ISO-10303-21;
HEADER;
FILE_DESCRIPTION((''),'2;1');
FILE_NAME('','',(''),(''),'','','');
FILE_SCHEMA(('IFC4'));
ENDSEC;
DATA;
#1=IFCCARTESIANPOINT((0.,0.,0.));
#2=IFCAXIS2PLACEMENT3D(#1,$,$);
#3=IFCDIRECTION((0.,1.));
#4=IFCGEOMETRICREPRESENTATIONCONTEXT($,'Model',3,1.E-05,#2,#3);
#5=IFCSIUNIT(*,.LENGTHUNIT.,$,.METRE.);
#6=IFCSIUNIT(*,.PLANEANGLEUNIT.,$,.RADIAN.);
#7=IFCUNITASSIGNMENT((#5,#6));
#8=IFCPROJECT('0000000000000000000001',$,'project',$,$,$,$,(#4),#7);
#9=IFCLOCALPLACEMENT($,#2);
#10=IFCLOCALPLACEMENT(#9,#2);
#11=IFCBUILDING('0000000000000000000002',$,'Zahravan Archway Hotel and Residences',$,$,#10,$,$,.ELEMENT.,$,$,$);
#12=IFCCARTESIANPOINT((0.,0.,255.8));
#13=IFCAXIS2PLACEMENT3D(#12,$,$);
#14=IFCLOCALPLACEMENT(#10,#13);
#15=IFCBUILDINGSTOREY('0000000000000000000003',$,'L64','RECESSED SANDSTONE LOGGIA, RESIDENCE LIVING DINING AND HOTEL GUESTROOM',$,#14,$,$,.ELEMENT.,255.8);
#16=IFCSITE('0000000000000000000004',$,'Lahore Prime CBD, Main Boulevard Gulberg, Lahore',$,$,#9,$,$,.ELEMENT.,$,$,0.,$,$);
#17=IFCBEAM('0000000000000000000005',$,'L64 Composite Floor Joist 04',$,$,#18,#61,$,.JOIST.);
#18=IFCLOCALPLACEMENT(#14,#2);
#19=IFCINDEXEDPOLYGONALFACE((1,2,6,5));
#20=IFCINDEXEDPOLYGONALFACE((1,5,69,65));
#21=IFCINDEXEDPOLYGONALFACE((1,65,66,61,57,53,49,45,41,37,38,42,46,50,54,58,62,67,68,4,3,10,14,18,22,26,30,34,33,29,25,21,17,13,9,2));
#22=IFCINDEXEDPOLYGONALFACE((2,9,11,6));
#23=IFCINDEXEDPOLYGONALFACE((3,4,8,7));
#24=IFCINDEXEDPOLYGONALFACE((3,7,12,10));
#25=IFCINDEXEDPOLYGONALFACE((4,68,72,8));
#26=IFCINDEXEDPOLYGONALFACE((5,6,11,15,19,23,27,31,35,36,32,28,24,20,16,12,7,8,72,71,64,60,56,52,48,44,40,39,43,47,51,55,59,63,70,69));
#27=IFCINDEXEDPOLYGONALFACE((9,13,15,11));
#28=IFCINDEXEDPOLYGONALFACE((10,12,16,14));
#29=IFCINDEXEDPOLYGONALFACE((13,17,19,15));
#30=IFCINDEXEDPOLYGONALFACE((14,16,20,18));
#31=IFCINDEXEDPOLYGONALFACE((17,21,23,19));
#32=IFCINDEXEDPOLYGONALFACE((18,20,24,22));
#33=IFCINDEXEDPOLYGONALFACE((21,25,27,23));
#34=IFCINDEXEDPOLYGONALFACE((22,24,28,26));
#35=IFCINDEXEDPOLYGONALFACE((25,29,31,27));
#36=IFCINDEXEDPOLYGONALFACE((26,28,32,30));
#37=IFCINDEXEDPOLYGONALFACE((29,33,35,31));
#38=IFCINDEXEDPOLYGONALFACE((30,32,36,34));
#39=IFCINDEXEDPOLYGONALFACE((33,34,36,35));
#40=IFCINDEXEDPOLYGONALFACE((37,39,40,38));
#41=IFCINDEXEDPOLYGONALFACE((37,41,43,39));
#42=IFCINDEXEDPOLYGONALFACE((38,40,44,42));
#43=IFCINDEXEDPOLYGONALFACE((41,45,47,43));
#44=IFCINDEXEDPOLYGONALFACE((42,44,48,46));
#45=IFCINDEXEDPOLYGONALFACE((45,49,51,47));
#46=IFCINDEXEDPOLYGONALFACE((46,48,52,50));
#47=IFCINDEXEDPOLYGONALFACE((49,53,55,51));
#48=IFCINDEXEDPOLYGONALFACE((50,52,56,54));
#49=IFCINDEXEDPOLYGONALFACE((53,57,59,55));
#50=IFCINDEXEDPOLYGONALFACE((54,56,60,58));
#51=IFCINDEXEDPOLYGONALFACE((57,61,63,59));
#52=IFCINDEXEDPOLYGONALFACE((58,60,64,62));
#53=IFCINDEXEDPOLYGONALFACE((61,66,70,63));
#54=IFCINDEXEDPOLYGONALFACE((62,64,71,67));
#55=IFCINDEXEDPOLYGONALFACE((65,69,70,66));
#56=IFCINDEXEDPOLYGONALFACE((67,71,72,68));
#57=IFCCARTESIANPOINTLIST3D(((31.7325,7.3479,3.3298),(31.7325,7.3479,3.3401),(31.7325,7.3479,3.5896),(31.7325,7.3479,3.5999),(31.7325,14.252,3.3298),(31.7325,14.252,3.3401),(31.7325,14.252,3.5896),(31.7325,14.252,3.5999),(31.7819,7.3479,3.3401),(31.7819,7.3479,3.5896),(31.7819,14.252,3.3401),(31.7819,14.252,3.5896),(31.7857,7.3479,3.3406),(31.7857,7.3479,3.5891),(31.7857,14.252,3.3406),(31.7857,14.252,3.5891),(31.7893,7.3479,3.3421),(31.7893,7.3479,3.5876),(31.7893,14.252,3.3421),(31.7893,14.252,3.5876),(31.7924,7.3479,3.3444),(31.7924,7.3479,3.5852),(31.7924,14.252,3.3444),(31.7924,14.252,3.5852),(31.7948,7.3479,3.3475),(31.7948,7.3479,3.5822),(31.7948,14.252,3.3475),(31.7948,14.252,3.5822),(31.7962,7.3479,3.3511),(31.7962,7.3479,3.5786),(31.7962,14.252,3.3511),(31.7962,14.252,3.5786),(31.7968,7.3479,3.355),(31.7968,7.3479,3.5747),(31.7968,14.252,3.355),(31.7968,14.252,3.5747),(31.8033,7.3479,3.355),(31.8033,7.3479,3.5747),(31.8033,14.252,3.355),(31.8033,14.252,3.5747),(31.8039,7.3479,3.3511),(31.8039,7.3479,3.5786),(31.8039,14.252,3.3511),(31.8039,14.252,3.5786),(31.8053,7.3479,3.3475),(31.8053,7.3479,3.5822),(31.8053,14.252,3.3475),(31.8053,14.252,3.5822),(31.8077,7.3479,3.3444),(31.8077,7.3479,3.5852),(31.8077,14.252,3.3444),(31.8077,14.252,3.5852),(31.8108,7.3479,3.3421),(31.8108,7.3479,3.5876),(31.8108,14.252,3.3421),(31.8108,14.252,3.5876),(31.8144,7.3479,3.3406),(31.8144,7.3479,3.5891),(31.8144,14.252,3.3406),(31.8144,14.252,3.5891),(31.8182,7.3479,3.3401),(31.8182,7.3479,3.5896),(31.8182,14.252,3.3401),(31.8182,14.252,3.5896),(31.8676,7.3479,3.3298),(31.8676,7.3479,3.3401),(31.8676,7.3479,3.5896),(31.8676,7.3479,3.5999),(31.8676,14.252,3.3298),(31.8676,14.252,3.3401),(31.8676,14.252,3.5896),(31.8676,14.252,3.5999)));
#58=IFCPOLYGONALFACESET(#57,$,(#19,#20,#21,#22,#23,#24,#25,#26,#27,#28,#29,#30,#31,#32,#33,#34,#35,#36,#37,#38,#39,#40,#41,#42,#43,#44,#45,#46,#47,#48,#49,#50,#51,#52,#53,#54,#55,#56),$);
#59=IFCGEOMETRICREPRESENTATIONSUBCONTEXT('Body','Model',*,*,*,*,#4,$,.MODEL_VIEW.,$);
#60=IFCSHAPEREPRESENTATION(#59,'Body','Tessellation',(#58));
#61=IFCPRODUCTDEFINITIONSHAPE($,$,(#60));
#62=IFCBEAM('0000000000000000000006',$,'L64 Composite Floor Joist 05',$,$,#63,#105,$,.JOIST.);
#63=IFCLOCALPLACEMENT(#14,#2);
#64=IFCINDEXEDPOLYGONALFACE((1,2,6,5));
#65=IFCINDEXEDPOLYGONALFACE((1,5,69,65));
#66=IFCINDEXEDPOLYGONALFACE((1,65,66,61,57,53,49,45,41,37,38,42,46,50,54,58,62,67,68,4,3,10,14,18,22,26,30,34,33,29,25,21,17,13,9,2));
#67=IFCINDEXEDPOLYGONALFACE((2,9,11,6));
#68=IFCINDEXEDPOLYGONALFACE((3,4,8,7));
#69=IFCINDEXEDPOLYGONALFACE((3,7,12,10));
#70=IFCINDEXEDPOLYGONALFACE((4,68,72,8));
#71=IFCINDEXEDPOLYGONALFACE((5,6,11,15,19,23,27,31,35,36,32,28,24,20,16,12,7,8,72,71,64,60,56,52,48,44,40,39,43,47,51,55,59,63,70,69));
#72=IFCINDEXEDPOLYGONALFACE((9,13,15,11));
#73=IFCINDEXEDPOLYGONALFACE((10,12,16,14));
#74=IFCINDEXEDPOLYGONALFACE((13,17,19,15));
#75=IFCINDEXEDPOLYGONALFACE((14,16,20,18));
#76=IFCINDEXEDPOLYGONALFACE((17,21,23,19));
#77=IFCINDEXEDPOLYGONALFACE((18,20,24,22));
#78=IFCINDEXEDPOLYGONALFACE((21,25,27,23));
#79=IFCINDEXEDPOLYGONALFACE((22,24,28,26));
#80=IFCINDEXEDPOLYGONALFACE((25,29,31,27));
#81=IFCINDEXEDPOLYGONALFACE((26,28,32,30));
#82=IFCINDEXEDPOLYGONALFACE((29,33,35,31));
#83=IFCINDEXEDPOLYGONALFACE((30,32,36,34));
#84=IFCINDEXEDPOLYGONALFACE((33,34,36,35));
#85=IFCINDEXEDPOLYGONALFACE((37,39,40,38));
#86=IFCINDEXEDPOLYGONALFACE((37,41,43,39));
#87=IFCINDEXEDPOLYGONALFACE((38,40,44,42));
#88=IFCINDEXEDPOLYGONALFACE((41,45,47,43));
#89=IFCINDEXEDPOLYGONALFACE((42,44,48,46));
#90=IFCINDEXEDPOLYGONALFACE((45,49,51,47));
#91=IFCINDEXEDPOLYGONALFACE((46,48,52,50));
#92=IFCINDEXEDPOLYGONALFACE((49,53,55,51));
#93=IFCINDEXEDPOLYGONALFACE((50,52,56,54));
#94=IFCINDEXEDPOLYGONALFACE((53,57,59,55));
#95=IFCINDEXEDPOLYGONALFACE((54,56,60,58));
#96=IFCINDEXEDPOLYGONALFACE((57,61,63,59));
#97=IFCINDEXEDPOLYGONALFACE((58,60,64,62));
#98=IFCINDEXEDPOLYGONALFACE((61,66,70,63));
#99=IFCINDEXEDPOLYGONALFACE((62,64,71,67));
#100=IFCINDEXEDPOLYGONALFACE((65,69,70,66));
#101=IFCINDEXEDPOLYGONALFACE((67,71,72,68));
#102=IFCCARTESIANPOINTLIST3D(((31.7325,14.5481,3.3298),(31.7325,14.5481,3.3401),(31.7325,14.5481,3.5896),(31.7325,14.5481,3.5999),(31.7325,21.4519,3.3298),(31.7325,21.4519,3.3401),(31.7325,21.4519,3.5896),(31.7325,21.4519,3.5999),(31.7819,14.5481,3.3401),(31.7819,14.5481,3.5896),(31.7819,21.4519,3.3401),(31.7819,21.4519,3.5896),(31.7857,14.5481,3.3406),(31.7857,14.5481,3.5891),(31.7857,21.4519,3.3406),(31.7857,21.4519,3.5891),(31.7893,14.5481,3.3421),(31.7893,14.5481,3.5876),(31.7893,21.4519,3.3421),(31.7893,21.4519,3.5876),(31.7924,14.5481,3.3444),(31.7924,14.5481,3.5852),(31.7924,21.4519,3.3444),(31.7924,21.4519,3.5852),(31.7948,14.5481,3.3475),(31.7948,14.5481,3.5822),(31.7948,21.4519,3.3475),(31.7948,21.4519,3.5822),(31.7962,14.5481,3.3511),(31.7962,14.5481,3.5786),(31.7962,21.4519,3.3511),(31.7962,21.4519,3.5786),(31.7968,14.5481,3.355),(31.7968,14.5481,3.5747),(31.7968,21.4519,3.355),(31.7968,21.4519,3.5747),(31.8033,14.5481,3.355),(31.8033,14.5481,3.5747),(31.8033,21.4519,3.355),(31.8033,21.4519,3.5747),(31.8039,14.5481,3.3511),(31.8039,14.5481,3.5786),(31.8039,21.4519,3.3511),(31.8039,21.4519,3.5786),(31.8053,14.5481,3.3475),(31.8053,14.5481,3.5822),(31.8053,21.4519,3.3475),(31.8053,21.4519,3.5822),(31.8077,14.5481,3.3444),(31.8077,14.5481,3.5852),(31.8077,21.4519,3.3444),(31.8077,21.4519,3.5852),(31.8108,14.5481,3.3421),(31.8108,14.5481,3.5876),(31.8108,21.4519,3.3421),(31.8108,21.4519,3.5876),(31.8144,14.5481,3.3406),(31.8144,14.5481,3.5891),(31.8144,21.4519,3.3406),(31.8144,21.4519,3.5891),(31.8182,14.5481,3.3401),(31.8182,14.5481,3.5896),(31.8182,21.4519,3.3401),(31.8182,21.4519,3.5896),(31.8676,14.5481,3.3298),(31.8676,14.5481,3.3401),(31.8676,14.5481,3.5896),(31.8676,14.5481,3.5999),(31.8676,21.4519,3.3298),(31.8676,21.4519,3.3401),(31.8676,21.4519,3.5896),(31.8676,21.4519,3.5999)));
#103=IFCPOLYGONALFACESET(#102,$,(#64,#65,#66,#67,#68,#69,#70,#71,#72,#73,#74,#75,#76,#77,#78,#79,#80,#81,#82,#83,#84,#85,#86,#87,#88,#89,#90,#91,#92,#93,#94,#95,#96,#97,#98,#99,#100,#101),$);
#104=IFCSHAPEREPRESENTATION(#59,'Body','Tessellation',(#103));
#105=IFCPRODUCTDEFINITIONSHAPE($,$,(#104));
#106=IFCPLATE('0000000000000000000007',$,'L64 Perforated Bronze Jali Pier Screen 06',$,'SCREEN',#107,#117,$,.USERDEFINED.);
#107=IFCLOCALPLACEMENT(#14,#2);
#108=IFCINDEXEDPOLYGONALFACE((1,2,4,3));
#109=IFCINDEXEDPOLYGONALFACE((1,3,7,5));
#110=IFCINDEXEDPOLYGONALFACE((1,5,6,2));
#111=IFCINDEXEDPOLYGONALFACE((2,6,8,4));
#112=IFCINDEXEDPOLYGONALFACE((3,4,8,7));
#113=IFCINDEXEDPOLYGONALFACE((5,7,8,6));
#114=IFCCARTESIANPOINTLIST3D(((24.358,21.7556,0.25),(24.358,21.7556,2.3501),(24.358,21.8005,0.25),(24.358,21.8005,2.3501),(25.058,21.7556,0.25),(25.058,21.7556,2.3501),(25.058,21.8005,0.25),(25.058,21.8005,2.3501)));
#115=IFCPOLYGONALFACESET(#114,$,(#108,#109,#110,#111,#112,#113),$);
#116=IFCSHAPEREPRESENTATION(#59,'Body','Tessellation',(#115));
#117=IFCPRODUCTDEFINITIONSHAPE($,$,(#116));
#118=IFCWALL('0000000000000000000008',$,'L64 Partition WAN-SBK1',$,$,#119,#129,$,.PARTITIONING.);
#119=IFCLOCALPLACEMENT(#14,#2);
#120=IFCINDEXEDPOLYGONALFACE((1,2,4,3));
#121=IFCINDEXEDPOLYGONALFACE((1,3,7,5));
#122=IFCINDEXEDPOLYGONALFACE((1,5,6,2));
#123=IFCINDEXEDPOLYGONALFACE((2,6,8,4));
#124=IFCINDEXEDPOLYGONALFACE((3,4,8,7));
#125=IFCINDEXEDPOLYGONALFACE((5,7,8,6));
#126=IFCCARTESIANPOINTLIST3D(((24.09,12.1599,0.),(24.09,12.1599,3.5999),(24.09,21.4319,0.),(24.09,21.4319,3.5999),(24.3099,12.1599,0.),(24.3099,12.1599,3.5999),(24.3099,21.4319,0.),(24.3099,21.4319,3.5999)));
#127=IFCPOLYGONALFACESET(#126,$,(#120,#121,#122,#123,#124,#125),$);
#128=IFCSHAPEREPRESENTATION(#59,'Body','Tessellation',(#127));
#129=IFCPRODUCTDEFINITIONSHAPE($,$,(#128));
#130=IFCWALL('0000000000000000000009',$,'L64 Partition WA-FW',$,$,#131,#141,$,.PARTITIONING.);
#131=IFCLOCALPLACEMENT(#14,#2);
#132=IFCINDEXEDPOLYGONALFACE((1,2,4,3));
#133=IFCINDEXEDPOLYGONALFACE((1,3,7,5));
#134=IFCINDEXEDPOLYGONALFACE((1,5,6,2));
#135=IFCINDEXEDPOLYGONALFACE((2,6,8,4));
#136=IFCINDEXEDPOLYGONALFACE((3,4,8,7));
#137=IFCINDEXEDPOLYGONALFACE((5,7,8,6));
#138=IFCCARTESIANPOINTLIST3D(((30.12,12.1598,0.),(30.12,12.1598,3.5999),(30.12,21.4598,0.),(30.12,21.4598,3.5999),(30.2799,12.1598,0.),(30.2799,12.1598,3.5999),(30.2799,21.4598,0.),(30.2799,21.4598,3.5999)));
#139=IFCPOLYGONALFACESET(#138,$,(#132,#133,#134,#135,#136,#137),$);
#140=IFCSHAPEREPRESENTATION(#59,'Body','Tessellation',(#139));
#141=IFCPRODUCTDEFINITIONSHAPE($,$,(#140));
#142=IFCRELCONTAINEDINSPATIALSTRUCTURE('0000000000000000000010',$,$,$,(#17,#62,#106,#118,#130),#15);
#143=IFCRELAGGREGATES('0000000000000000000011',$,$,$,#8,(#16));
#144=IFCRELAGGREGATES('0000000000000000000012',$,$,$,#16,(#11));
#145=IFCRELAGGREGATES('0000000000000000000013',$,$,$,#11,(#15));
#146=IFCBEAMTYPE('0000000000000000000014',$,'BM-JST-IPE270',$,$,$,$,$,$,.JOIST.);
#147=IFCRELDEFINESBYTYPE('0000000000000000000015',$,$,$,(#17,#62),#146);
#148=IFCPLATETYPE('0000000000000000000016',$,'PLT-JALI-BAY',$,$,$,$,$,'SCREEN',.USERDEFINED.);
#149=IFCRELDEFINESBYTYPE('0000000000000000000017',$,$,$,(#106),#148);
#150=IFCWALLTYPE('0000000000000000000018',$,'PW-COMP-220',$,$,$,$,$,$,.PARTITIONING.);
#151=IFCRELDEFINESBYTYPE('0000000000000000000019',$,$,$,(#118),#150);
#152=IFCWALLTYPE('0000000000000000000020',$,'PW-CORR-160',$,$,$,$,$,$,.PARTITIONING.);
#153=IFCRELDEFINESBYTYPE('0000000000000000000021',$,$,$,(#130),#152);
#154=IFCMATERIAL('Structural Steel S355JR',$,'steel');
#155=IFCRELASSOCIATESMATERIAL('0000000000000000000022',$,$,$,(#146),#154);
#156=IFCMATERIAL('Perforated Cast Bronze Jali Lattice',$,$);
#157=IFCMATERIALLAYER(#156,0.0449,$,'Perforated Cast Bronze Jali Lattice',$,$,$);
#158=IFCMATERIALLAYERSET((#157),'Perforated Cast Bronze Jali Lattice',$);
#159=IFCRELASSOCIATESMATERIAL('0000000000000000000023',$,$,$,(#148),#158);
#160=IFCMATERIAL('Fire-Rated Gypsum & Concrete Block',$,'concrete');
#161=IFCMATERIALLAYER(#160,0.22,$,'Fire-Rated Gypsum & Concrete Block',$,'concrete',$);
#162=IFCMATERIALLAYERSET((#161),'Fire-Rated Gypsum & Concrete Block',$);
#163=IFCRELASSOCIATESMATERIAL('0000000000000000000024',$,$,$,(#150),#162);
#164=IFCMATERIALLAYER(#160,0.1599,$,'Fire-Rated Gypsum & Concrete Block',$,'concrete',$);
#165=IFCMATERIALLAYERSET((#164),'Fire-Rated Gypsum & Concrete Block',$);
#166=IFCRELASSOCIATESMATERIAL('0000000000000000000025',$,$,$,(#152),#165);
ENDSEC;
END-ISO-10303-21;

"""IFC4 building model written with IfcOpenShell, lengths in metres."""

from ifc_helpers import new_model, si_unit, direction, frame, frame_2d, origin, origin_2d, place, context, subcontext, project, spatial, rectangle, i_section, extrude, source, transform, mapped, material, layer, layer_set, material_profile, profile_set, type_object, type_shapes, element, save


model = new_model("IFC4")

# Units and contexts
model_context = context("Model", 3, precision=1e-05, world=origin(), true_north=direction((0.0, 1.0)))
body_context = subcontext(model_context, "Body", "Model", "MODEL_VIEW")
ifc_project = project(units=[si_unit("LENGTHUNIT", "METRE"), si_unit("PLANEANGLEUNIT", "RADIAN")], contexts=[model_context])

# Site, building, storey
site_placement = place(None, origin())
site = spatial("IfcSite", under=ifc_project, at=site_placement, Name="Lahore Prime CBD, Main Boulevard Gulberg, Lahore", CompositionType="ELEMENT", RefElevation=0.0)
building_placement = place(site_placement, origin())
building = spatial("IfcBuilding", under=site, at=building_placement, Name="Zahravan Archway Hotel and Residences", CompositionType="ELEMENT")
storey_placement = place(building_placement, frame((0.0, 0.0, 255.8)))
storey = spatial("IfcBuildingStorey", under=building, at=storey_placement, Name="L64", Description="RECESSED SANDSTONE LOGGIA, RESIDENCE LIVING DINING AND HOTEL GUESTROOM", CompositionType="ELEMENT", Elevation=255.8)

# Beams
ifc_material_1 = material(Name="Structural Steel S355JR", Category="steel")
ifc_material_profile_1 = material_profile(ifc_material_1, i_section(OverallWidth=0.135, OverallDepth=0.27, WebThickness=0.0066, FlangeThickness=0.0103, FilletRadius=0.0149, at=origin_2d()), Name="IPE 270", Category="steel")
ifc_profile_set_1 = profile_set([ifc_material_profile_1], Name="Structural Steel S355JR")
beam_type_1 = type_object("IfcBeamType", Name="BM-JST-IPE270", PredefinedType="JOIST", material=ifc_profile_set_1)
shared_shape_1 = source(origin(), body_context, "Body", "SweptSolid", [
    extrude(i_section(OverallWidth=0.135, OverallDepth=0.27, WebThickness=0.0066, FlangeThickness=0.0103, FilletRadius=0.0149, at=origin_2d()), origin(), (0.0, 0.0, 1.0), 6.9041),
])
type_shapes(beam_type_1, [shared_shape_1])
beam_1_placement = place(storey_placement, frame((31.8, 7.3479, 3.4648), z_axis=(0.0, 1.0, 0.0), x_axis=(-1.0, 0.0, 0.0)))
element("IfcBeam", 1, at=beam_1_placement, inside=storey, type_object=beam_type_1, Name="L64 Composite Floor Joist 04", PredefinedType="JOIST", context=body_context, shape_type="MappedRepresentation", body=[
    mapped(shared_shape_1, transform((0.0, 0.0, 0.0), scale=1.0)),
])
shared_shape_2 = source(origin(), body_context, "Body", "SweptSolid", [
    extrude(i_section(OverallWidth=0.135, OverallDepth=0.27, WebThickness=0.0066, FlangeThickness=0.0103, FilletRadius=0.0149, at=origin_2d()), origin(), (0.0, 0.0, 1.0), 6.9038),
])
beam_2_placement = place(storey_placement, frame((31.8, 14.5481, 3.4648), z_axis=(0.0, 1.0, 0.0), x_axis=(-1.0, 0.0, 0.0)))
element("IfcBeam", 2, at=beam_2_placement, inside=storey, type_object=beam_type_1, Name="L64 Composite Floor Joist 05", PredefinedType="JOIST", context=body_context, shape_type="MappedRepresentation", body=[
    mapped(shared_shape_2, transform((0.0, 0.0, 0.0), scale=1.0)),
])

# Plate
ifc_material_2 = material(Name="Perforated Cast Bronze Jali Lattice")
ifc_layer_1 = layer(ifc_material_2, 0.0449, Name="Perforated Cast Bronze Jali Lattice")
ifc_layer_set_1 = layer_set([ifc_layer_1], Name="Perforated Cast Bronze Jali Lattice")
plate_type = type_object("IfcPlateType", Name="PLT-JALI-BAY", ElementType="SCREEN", PredefinedType="USERDEFINED", material=ifc_layer_set_1)
shared_shape_3 = source(origin(), body_context, "Body", "SweptSolid", [
    extrude(rectangle(XDim=0.7, YDim=0.0449, at=origin_2d()), origin(), (0.0, 0.0, 1.0), 2.1001),
])
type_shapes(plate_type, [shared_shape_3])
plate_placement = place(storey_placement, frame((24.708, 21.7781, 0.25), z_axis=(0.0, 0.0, 1.0), x_axis=(1.0, 0.0, 0.0)))
element("IfcPlate", 3, at=plate_placement, inside=storey, type_object=plate_type, Name="L64 Perforated Bronze Jali Pier Screen 06", ObjectType="SCREEN", PredefinedType="USERDEFINED", context=body_context, shape_type="MappedRepresentation", body=[
    mapped(shared_shape_3, transform((0.0, 0.0, 0.0), scale=1.0)),
])

# Walls
ifc_material_3 = material(Name="Fire-Rated Gypsum & Concrete Block", Category="concrete")
ifc_layer_2 = layer(ifc_material_3, 0.22, Name="Fire-Rated Gypsum & Concrete Block", Category="concrete")
ifc_layer_set_2 = layer_set([ifc_layer_2], Name="Fire-Rated Gypsum & Concrete Block")
wall_type_1 = type_object("IfcWallType", Name="PW-COMP-220", PredefinedType="PARTITIONING", material=ifc_layer_set_2)
wall_1_placement = place(storey_placement, frame((24.2, 12.1599, 0.0), z_axis=(0.0, 0.0, 1.0), x_axis=(0.0, 1.0, 0.0)))
element("IfcWall", 4, at=wall_1_placement, inside=storey, type_object=wall_type_1, Name="L64 Partition WAN-SBK1", PredefinedType="PARTITIONING", context=body_context, shape_type="SweptSolid", body=[
    extrude(rectangle(XDim=9.272, YDim=0.22, at=frame_2d((4.636, 0.0))), origin(), (0.0, 0.0, 1.0), 3.5999),
])
ifc_layer_3 = layer(ifc_material_3, 0.1599, Name="Fire-Rated Gypsum & Concrete Block", Category="concrete")
ifc_layer_set_3 = layer_set([ifc_layer_3], Name="Fire-Rated Gypsum & Concrete Block")
wall_type_2 = type_object("IfcWallType", Name="PW-CORR-160", PredefinedType="PARTITIONING", material=ifc_layer_set_3)
wall_2_placement = place(storey_placement, frame((30.2, 12.1599, 0.0), z_axis=(0.0, 0.0, 1.0), x_axis=(0.0, 1.0, 0.0)))
element("IfcWall", 5, at=wall_2_placement, inside=storey, type_object=wall_type_2, Name="L64 Partition WA-FW", PredefinedType="PARTITIONING", context=body_context, shape_type="SweptSolid", body=[
    extrude(rectangle(XDim=9.3, YDim=0.1599, at=frame_2d((4.6499, 0.0))), origin(), (0.0, 0.0, 1.0), 3.5999),
])

save(model, "model.ifc")
